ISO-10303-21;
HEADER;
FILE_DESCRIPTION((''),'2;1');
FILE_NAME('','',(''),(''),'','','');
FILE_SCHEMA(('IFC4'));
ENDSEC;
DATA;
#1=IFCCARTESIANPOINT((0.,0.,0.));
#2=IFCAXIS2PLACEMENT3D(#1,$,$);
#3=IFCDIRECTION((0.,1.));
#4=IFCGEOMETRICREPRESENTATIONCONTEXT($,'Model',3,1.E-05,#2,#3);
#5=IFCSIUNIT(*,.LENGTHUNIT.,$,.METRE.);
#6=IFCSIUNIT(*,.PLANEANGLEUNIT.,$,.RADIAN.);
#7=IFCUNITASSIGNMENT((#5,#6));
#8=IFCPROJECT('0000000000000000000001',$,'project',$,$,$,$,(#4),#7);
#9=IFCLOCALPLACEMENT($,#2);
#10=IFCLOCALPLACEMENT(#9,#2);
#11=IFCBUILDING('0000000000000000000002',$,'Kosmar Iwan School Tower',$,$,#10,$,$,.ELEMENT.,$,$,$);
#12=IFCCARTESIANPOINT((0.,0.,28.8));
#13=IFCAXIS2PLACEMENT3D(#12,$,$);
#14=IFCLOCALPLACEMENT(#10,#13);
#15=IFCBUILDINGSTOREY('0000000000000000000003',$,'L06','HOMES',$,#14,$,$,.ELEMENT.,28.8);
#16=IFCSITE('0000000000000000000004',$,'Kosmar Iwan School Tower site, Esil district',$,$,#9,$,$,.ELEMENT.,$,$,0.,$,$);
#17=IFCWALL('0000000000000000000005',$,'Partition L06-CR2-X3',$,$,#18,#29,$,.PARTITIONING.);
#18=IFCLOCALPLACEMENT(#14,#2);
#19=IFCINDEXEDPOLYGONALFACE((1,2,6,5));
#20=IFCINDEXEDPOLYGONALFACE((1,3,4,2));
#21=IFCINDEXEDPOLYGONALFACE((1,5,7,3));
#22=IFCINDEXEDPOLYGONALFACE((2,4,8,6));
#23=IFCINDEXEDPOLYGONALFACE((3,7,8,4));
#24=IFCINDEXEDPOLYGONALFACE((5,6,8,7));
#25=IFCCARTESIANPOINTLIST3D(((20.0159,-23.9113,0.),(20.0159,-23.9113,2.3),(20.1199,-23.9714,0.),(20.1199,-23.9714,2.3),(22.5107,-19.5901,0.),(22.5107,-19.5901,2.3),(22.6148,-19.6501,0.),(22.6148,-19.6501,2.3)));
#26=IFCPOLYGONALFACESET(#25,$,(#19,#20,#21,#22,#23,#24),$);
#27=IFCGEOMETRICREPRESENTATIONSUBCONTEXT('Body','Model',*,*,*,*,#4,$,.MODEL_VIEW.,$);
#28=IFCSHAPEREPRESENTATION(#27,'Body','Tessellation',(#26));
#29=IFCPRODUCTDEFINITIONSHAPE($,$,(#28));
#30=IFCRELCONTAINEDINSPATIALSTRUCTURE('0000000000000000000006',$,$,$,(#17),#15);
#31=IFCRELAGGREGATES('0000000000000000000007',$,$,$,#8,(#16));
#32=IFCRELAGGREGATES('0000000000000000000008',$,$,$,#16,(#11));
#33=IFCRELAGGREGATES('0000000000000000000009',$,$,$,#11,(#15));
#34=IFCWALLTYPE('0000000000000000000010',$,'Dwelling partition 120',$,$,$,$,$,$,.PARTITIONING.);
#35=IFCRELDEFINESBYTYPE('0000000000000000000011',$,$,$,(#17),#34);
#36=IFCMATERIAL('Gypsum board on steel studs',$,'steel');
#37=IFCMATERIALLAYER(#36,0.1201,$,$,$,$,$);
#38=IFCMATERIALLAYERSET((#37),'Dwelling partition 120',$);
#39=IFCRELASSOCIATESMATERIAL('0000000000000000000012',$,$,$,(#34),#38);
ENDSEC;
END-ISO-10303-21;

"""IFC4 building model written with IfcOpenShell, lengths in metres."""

from ifc_helpers import new_model, si_unit, direction, frame, frame_2d, origin, place, context, subcontext, project, spatial, rectangle, extrude, material, layer, layer_set, type_object, element, save


model = new_model("IFC4")

# Units and contexts
model_context = context("Model", 3, precision=1e-05, world=origin(), true_north=direction((0.0, 1.0)))
body_context = subcontext(model_context, "Body", "Model", "MODEL_VIEW")
ifc_project = project(units=[si_unit("LENGTHUNIT", "METRE"), si_unit("PLANEANGLEUNIT", "RADIAN")], contexts=[model_context])

# Site, building, storey
site_placement = place(None, origin())
site = spatial("IfcSite", under=ifc_project, at=site_placement, Name="Kosmar Iwan School Tower site, Esil district", CompositionType="ELEMENT", RefElevation=0.0)
building_placement = place(site_placement, origin())
building = spatial("IfcBuilding", under=site, at=building_placement, Name="Kosmar Iwan School Tower", CompositionType="ELEMENT")
storey_placement = place(building_placement, frame((0.0, 0.0, 28.8)))
storey = spatial("IfcBuildingStorey", under=building, at=storey_placement, Name="L06", Description="HOMES", CompositionType="ELEMENT", Elevation=28.8)

# Wall
ifc_material_1 = material(Name="Gypsum board on steel studs", Category="steel")
ifc_layer = layer(ifc_material_1, 0.1201)
ifc_layer_set = layer_set([ifc_layer], Name="Dwelling partition 120")
wall_type = type_object("IfcWallType", Name="Dwelling partition 120", PredefinedType="PARTITIONING", material=ifc_layer_set)
wall_1_placement = place(storey_placement, frame((22.5627, -19.6201, 0.0), z_axis=(0.0, 0.0, 1.0), x_axis=(-0.499996, -0.866028, 0.0)))
element("IfcWall", 1, at=wall_1_placement, inside=storey, type_object=wall_type, Name="Partition L06-CR2-X3", PredefinedType="PARTITIONING", context=body_context, shape_type="SweptSolid", body=[
    extrude(rectangle(XDim=4.9897, YDim=0.1201, at=frame_2d((2.4949, 0.0))), origin(), (0.0, 0.0, 1.0), 2.3),
])

save(model, "model.ifc")
